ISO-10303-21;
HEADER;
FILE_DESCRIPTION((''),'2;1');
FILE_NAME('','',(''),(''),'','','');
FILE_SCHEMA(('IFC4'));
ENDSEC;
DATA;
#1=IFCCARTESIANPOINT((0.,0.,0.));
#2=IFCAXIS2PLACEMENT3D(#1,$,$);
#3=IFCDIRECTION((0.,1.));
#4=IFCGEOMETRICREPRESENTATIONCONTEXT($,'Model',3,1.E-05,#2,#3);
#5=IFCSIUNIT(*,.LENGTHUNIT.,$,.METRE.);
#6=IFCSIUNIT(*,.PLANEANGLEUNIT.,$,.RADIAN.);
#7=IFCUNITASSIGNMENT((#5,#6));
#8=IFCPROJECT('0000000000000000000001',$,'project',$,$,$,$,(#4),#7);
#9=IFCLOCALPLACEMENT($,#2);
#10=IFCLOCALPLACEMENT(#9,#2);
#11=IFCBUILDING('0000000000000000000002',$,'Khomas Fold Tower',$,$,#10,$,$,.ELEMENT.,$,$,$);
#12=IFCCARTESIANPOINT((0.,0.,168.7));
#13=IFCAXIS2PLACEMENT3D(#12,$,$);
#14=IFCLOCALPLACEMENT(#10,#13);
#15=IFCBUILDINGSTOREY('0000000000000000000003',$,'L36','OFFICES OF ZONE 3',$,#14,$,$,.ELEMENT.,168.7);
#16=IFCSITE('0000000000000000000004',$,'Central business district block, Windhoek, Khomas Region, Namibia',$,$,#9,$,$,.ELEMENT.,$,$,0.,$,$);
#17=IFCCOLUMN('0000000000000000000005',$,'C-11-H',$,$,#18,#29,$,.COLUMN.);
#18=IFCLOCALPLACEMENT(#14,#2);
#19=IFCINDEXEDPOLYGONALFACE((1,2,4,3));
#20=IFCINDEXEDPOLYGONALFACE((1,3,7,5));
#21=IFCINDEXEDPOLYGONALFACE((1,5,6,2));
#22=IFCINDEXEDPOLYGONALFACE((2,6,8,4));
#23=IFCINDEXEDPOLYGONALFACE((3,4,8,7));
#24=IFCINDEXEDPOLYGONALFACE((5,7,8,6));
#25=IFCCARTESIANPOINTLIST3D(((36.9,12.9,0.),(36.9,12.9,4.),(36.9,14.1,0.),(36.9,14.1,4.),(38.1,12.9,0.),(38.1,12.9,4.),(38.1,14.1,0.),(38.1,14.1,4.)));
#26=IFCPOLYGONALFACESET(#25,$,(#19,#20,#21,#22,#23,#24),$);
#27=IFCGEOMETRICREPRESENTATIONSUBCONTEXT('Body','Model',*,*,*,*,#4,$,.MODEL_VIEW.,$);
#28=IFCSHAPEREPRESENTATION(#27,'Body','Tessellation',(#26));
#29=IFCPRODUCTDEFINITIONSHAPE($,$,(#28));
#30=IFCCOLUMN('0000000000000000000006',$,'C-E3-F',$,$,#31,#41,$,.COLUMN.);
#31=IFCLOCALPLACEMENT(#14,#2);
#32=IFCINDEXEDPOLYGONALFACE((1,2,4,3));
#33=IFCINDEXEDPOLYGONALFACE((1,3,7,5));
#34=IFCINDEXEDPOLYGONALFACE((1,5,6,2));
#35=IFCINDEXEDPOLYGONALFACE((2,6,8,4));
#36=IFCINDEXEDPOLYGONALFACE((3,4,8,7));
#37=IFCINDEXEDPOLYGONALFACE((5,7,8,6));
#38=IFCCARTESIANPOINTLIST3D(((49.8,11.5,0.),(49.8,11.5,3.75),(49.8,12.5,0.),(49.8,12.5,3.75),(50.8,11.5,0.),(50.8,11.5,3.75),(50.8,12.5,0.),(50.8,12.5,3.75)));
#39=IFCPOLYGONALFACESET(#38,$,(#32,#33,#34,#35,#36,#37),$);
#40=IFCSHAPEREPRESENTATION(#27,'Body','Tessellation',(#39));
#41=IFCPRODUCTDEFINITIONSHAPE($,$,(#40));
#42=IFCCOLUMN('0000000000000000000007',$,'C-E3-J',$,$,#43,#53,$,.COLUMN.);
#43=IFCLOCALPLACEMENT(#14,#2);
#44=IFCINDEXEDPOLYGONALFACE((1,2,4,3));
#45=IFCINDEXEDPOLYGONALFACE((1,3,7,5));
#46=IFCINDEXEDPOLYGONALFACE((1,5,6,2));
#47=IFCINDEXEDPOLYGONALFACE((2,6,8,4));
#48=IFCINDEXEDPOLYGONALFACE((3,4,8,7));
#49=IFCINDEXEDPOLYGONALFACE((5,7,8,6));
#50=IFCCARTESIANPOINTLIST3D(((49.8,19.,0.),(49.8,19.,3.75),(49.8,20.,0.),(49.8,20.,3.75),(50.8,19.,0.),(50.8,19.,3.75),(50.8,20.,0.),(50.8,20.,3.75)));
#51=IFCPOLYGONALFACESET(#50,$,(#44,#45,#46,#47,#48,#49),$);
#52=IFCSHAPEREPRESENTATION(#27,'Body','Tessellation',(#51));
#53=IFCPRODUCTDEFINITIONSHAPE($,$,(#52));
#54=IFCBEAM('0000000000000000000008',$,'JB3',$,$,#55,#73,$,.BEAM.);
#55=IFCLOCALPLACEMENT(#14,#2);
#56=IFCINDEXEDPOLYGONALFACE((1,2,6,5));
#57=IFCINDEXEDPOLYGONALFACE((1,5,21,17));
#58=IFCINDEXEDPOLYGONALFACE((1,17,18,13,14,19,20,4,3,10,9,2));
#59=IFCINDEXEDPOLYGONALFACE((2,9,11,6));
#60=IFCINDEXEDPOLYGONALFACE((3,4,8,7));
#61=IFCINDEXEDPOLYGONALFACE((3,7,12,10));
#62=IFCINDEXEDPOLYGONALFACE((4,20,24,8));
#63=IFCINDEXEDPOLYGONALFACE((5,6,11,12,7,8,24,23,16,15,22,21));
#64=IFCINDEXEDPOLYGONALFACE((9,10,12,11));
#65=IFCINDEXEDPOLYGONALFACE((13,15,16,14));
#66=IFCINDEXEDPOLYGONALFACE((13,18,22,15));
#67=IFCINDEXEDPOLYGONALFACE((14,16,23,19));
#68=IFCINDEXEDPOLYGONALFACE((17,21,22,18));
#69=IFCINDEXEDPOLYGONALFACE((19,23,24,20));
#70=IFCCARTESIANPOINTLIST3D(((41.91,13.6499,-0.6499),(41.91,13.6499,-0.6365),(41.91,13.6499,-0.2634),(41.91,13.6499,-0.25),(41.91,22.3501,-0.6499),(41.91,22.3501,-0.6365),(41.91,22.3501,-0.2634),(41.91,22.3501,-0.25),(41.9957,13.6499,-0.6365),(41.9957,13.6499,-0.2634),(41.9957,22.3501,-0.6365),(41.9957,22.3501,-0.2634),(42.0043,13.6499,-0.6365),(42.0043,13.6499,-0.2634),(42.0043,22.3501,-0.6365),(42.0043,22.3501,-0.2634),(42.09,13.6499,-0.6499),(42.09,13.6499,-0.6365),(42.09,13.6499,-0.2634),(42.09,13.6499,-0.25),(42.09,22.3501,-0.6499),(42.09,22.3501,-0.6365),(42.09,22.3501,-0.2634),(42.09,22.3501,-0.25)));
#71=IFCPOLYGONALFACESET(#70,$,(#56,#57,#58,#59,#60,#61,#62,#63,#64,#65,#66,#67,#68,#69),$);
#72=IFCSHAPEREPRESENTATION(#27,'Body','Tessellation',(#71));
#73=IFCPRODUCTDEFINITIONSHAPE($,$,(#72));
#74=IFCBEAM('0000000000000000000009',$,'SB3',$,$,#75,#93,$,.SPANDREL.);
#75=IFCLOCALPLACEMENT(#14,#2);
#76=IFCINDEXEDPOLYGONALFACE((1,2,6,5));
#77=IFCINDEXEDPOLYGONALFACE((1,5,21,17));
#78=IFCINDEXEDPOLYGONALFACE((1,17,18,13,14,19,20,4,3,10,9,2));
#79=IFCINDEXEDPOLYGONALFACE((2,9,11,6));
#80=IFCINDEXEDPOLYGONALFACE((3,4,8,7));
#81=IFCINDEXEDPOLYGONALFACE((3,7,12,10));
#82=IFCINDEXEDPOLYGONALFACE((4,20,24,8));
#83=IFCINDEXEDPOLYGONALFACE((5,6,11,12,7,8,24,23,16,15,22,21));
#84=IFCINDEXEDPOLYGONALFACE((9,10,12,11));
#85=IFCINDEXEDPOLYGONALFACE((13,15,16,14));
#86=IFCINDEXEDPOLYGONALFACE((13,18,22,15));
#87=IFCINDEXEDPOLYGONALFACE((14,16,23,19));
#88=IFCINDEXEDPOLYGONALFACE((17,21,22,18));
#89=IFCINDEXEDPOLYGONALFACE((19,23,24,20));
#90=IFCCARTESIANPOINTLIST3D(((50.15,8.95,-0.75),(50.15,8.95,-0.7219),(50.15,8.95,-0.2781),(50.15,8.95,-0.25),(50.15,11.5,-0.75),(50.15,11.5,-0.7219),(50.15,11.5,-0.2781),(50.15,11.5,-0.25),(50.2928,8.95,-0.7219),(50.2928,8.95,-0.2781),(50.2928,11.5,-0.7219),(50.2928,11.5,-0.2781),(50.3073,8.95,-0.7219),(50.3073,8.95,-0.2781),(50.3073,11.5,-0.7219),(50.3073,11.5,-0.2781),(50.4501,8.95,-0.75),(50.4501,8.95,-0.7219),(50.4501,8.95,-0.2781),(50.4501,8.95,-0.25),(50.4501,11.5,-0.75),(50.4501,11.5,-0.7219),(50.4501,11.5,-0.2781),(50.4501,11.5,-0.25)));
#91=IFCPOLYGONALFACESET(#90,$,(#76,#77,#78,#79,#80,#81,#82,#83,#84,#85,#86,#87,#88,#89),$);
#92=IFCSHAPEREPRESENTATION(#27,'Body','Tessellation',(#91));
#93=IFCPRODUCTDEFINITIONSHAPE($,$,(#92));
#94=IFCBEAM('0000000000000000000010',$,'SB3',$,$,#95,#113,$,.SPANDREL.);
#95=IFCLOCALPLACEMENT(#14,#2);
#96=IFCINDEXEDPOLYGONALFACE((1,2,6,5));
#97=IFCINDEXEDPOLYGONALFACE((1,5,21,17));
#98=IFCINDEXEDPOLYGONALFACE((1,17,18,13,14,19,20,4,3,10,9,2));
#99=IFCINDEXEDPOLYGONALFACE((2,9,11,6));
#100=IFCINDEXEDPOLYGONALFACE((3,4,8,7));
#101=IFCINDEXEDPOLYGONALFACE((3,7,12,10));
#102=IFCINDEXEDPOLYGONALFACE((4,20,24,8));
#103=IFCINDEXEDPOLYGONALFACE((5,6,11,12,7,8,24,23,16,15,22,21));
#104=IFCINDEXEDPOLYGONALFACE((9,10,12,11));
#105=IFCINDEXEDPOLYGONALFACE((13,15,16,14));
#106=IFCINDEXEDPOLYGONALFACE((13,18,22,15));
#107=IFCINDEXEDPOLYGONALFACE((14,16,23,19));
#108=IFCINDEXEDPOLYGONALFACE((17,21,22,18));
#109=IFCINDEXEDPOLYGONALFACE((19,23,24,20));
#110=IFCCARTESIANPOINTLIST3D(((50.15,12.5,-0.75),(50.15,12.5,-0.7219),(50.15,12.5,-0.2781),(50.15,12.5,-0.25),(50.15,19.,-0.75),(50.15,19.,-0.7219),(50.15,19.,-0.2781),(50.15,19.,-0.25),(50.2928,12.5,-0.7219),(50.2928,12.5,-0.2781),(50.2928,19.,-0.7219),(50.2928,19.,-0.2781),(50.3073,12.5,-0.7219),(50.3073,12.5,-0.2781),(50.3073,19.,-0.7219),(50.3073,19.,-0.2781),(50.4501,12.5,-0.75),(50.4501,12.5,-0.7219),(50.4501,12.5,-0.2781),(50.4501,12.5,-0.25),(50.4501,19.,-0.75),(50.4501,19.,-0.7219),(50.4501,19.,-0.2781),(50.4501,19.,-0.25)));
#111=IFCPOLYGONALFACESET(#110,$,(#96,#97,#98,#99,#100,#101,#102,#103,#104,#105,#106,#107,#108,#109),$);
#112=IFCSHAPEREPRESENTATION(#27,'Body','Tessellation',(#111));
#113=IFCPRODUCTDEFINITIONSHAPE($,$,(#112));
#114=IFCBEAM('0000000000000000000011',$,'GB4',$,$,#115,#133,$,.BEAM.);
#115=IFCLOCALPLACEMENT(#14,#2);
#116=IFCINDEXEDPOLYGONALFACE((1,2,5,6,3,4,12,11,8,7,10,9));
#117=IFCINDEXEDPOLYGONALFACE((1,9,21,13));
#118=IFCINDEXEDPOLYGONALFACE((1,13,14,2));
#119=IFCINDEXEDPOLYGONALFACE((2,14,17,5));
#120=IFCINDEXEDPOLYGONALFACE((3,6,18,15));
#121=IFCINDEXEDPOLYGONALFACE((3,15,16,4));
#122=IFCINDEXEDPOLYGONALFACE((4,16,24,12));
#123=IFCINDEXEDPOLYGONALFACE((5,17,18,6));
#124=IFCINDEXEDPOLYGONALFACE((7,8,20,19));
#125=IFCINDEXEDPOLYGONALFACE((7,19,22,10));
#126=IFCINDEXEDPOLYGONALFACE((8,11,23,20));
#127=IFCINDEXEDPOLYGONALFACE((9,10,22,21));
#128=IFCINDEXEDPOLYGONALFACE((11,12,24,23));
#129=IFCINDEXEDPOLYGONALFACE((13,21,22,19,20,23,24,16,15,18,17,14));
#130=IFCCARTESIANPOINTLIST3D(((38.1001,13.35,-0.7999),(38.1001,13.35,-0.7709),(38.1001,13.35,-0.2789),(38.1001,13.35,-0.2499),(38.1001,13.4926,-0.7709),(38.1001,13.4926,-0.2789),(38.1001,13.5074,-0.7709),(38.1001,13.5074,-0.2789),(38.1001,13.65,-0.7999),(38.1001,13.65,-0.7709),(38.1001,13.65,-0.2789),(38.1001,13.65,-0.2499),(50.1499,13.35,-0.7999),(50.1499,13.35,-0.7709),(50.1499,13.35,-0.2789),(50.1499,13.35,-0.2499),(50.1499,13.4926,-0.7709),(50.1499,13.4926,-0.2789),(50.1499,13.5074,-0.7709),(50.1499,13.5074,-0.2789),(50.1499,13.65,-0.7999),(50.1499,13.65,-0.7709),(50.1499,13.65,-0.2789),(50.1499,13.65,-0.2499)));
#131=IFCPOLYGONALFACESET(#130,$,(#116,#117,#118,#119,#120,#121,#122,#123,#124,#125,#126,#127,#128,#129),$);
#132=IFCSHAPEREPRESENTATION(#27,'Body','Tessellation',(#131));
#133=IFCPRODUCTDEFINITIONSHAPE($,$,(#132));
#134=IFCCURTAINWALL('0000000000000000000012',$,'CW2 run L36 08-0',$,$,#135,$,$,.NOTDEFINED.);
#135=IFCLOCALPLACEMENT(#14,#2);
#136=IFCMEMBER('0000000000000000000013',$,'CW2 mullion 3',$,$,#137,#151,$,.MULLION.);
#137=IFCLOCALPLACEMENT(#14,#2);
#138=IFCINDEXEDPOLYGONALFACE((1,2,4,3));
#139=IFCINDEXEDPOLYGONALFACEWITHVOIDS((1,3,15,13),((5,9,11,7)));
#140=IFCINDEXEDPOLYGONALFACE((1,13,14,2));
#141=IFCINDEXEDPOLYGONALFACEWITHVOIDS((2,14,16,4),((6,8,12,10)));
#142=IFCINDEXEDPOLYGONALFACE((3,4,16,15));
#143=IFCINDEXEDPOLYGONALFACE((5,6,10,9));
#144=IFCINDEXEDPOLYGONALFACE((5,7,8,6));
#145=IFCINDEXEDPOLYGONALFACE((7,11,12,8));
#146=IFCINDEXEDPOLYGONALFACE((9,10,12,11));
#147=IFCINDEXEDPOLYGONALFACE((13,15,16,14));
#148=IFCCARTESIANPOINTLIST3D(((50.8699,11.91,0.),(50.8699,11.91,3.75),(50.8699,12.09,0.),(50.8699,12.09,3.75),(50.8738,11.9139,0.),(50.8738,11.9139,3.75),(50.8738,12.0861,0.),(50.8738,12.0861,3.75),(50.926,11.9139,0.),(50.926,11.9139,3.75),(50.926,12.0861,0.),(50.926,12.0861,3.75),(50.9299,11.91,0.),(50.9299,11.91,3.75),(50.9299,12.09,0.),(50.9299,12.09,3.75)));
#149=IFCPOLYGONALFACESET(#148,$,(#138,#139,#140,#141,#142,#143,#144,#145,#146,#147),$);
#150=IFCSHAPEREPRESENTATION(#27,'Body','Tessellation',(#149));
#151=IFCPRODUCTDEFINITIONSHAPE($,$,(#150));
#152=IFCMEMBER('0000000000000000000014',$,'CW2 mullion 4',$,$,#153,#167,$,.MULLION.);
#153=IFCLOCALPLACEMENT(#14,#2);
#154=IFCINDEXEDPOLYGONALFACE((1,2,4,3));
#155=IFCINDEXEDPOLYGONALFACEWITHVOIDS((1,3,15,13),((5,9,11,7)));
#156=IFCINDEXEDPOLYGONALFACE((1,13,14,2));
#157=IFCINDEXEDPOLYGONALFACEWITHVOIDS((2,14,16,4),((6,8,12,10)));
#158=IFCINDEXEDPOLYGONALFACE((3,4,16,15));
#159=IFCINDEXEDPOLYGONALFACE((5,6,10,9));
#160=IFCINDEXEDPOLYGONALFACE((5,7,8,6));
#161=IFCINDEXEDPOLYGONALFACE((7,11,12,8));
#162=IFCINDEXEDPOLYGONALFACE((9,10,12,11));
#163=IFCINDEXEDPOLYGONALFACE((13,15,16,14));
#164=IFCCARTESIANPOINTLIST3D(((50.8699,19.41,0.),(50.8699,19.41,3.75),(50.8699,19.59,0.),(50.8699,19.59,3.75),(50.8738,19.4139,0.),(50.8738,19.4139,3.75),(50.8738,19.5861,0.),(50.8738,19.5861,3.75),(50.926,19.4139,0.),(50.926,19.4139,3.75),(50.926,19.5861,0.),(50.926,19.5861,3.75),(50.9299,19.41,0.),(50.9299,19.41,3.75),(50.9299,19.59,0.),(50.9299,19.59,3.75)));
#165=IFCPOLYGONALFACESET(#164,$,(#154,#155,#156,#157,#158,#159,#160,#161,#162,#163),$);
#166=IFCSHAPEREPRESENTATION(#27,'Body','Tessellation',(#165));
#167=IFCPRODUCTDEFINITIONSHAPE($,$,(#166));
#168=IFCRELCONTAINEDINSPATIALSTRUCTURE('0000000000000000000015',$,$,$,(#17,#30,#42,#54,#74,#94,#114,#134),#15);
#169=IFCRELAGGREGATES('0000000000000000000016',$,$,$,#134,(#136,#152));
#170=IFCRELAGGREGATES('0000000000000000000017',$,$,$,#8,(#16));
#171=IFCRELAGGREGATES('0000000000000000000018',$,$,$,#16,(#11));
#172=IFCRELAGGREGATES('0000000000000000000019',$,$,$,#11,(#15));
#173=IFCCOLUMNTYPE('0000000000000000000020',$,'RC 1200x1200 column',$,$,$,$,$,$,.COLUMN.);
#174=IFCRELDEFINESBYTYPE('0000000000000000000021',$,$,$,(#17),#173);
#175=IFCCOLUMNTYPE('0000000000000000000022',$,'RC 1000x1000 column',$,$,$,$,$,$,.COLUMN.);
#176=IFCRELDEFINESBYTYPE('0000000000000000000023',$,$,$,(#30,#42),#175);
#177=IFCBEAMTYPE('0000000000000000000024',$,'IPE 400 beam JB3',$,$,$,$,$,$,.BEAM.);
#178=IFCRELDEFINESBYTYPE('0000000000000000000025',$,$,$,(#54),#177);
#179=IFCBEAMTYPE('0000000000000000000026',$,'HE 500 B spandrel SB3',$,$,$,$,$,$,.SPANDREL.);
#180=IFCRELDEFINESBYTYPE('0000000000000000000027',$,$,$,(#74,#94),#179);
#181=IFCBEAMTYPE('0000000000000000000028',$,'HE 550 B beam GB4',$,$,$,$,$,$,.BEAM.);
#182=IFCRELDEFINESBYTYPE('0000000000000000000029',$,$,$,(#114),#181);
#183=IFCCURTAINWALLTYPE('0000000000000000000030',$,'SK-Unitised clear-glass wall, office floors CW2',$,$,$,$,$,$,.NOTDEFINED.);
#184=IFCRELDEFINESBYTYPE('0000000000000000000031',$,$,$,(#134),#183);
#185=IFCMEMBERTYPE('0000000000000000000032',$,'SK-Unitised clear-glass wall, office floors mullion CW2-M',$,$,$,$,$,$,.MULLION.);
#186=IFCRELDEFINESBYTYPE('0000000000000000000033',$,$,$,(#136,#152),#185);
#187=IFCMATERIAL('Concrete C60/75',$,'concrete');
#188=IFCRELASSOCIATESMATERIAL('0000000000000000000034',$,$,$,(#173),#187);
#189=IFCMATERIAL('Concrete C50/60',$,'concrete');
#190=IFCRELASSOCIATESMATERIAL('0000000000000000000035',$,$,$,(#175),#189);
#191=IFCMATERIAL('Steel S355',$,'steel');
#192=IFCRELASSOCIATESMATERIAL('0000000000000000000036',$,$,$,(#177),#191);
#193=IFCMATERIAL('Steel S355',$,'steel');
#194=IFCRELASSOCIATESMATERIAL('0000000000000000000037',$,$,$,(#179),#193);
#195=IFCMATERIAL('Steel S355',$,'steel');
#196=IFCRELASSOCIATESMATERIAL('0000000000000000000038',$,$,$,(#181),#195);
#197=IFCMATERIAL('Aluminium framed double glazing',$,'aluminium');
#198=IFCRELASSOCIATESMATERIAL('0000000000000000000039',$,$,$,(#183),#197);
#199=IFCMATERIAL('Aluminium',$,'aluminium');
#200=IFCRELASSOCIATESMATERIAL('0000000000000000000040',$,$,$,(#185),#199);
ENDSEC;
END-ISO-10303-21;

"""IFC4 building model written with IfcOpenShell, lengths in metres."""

from ifc_helpers import new_model, si_unit, direction, frame, origin, origin_2d, place, context, subcontext, project, spatial, rectangle, hollow_rectangle, i_section, extrude, source, transform, mapped, material, material_profile, profile_set, type_object, element, aggregate, save


model = new_model("IFC4")

# Units and contexts
model_context = context("Model", 3, precision=1e-05, world=origin(), true_north=direction((0.0, 1.0)))
body_context = subcontext(model_context, "Body", "Model", "MODEL_VIEW")
ifc_project = project(units=[si_unit("LENGTHUNIT", "METRE"), si_unit("PLANEANGLEUNIT", "RADIAN")], contexts=[model_context])

# Site, building, storey
site_placement = place(None, origin())
site = spatial("IfcSite", under=ifc_project, at=site_placement, Name="Central business district block, Windhoek, Khomas Region, Namibia", CompositionType="ELEMENT", RefElevation=0.0)
building_placement = place(site_placement, origin())
building = spatial("IfcBuilding", under=site, at=building_placement, Name="Khomas Fold Tower", CompositionType="ELEMENT")
storey_placement = place(building_placement, frame((0.0, 0.0, 168.7)))
storey = spatial("IfcBuildingStorey", under=building, at=storey_placement, Name="L36", Description="OFFICES OF ZONE 3", CompositionType="ELEMENT", Elevation=168.7)

# Columns
ifc_material_1 = material(Name="Concrete C60/75", Category="concrete")
ifc_material_profile_1 = material_profile(ifc_material_1, rectangle(XDim=1.2, YDim=1.2, at=origin_2d()), Name="RC 1200x1200")
ifc_profile_set_1 = profile_set([ifc_material_profile_1], Name="Concrete C60/75")
column_type_1 = type_object("IfcColumnType", Name="RC 1200x1200 column", PredefinedType="COLUMN", material=ifc_profile_set_1)
shared_shape_1 = source(origin(), body_context, "Body", "SweptSolid", [
    extrude(rectangle(XDim=1.2, YDim=1.2, at=origin_2d()), origin(), (0.0, 0.0, 1.0), 4.0),
])
column_placement = place(storey_placement, frame((37.5, 13.5, 0.0), z_axis=(0.0, 0.0, 1.0), x_axis=(1.0, 0.0, 0.0)))
element("IfcColumn", 1, at=column_placement, inside=storey, type_object=column_type_1, Name="C-11-H", PredefinedType="COLUMN", context=body_context, shape_type="MappedRepresentation", body=[
    mapped(shared_shape_1, transform((0.0, 0.0, 0.0))),
])
ifc_material_2 = material(Name="Concrete C50/60", Category="concrete")
ifc_material_profile_2 = material_profile(ifc_material_2, rectangle(XDim=1.0, YDim=1.0, at=origin_2d()), Name="RC 1000x1000")
ifc_profile_set_2 = profile_set([ifc_material_profile_2], Name="Concrete C50/60")
column_type_2 = type_object("IfcColumnType", Name="RC 1000x1000 column", PredefinedType="COLUMN", material=ifc_profile_set_2)
shared_shape_2 = source(origin(), body_context, "Body", "SweptSolid", [
    extrude(rectangle(XDim=1.0, YDim=1.0, at=origin_2d()), origin(), (0.0, 0.0, 1.0), 3.75),
])
for number, where, z_axis, x_axis, name in (
    (2, (50.3, 12.0, 0.0), (0.0, 0.0, 1.0), (1.0, 0.0, 0.0), "C-E3-F"),
    (3, (50.3, 19.5, 0.0), (0.0, 0.0, 1.0), (1.0, 0.0, 0.0), "C-E3-J"),
):
    element("IfcColumn", number, at=place(storey_placement, frame(where, z_axis=z_axis, x_axis=x_axis)), inside=storey, type_object=column_type_2, Name=name, PredefinedType="COLUMN", context=body_context, shape_type="MappedRepresentation", body=[
        mapped(shared_shape_2, transform((0.0, 0.0, 0.0))),
    ])

# Beams
ifc_material_3 = material(Name="Steel S355", Category="steel")
ifc_material_profile_3 = material_profile(ifc_material_3, i_section(OverallWidth=0.1799, OverallDepth=0.3999, WebThickness=0.0085, FlangeThickness=0.0134, at=origin_2d()), Name="IPE 400")
ifc_profile_set_3 = profile_set([ifc_material_profile_3], Name="Steel S355")
beam_type_1 = type_object("IfcBeamType", Name="IPE 400 beam JB3", PredefinedType="BEAM", material=ifc_profile_set_3)
shared_shape_3 = source(origin(), body_context, "Body", "SweptSolid", [
    extrude(i_section(OverallWidth=0.1799, OverallDepth=0.3999, WebThickness=0.0085, FlangeThickness=0.0134, at=origin_2d()), origin(), (0.0, 0.0, 1.0), 8.7002),
])
beam_1_placement = place(storey_placement, frame((42.0, 13.6499, -0.45), z_axis=(0.0, 1.0, 0.0), x_axis=(-1.0, 0.0, 0.0)))
element("IfcBeam", 4, at=beam_1_placement, inside=storey, type_object=beam_type_1, Name="JB3", PredefinedType="BEAM", context=body_context, shape_type="MappedRepresentation", body=[
    mapped(shared_shape_3, transform((0.0, 0.0, 0.0))),
])
ifc_material_4 = material(Name="Steel S355", Category="steel")
ifc_material_profile_4 = material_profile(ifc_material_4, i_section(OverallWidth=0.3, OverallDepth=0.5, WebThickness=0.0144, FlangeThickness=0.0281, at=origin_2d()), Name="HE 500 B")
ifc_profile_set_4 = profile_set([ifc_material_profile_4], Name="Steel S355")
beam_type_2 = type_object("IfcBeamType", Name="HE 500 B spandrel SB3", PredefinedType="SPANDREL", material=ifc_profile_set_4)
shared_shape_4 = source(origin(), body_context, "Body", "SweptSolid", [
    extrude(i_section(OverallWidth=0.3, OverallDepth=0.5, WebThickness=0.0144, FlangeThickness=0.0281, at=origin_2d()), origin(), (0.0, 0.0, 1.0), 2.55),
])
beam_2_placement = place(storey_placement, frame((50.3, 8.95, -0.5), z_axis=(0.0, 1.0, 0.0), x_axis=(-1.0, 0.0, 0.0)))
element("IfcBeam", 5, at=beam_2_placement, inside=storey, type_object=beam_type_2, Name="SB3", PredefinedType="SPANDREL", context=body_context, shape_type="MappedRepresentation", body=[
    mapped(shared_shape_4, transform((0.0, 0.0, 0.0))),
])
shared_shape_5 = source(origin(), body_context, "Body", "SweptSolid", [
    extrude(i_section(OverallWidth=0.3, OverallDepth=0.5, WebThickness=0.0144, FlangeThickness=0.0281, at=origin_2d()), origin(), (0.0, 0.0, 1.0), 6.5),
])
beam_3_placement = place(storey_placement, frame((50.3, 12.5, -0.5), z_axis=(0.0, 1.0, 0.0), x_axis=(-1.0, 0.0, 0.0)))
element("IfcBeam", 6, at=beam_3_placement, inside=storey, type_object=beam_type_2, Name="SB3", PredefinedType="SPANDREL", context=body_context, shape_type="MappedRepresentation", body=[
    mapped(shared_shape_5, transform((0.0, 0.0, 0.0))),
])
ifc_material_5 = material(Name="Steel S355", Category="steel")
ifc_material_profile_5 = material_profile(ifc_material_5, i_section(OverallWidth=0.3, OverallDepth=0.55, WebThickness=0.0149, FlangeThickness=0.0291, at=origin_2d()), Name="HE 550 B")
ifc_profile_set_5 = profile_set([ifc_material_profile_5], Name="Steel S355")
beam_type_3 = type_object("IfcBeamType", Name="HE 550 B beam GB4", PredefinedType="BEAM", material=ifc_profile_set_5)
shared_shape_6 = source(origin(), body_context, "Body", "SweptSolid", [
    extrude(i_section(OverallWidth=0.3, OverallDepth=0.55, WebThickness=0.0149, FlangeThickness=0.0291, at=origin_2d()), origin(), (0.0, 0.0, 1.0), 12.0498),
])
beam_4_placement = place(storey_placement, frame((38.1001, 13.5, -0.5249), z_axis=(1.0, 0.0, 0.0), x_axis=(0.0, 1.0, 0.0)))
element("IfcBeam", 7, at=beam_4_placement, inside=storey, type_object=beam_type_3, Name="GB4", PredefinedType="BEAM", context=body_context, shape_type="MappedRepresentation", body=[
    mapped(shared_shape_6, transform((0.0, 0.0, 0.0))),
])

# Curtain wall, members
ifc_material_6 = material(Name="Aluminium framed double glazing", Category="aluminium")
curtain_wall_type_1 = type_object("IfcCurtainWallType", Name="SK-Unitised clear-glass wall, office floors CW2", PredefinedType="NOTDEFINED", material=ifc_material_6)
curtain_wall_1_placement = place(storey_placement, origin())
curtain_wall_1 = element("IfcCurtainWall", 8, at=curtain_wall_1_placement, inside=storey, type_object=curtain_wall_type_1, Name="CW2 run L36 08-0", PredefinedType="NOTDEFINED")
ifc_material_7 = material(Name="Aluminium", Category="aluminium")
ifc_material_profile_6 = material_profile(ifc_material_7, hollow_rectangle(XDim=0.0601, YDim=0.1799, WallThickness=0.0039, at=origin_2d()), Name="SK-Unitised clear-glass wall, office floors mullion CW2-M")
ifc_profile_set_6 = profile_set([ifc_material_profile_6], Name="Aluminium")
member_type_1 = type_object("IfcMemberType", Name="SK-Unitised clear-glass wall, office floors mullion CW2-M", PredefinedType="MULLION", material=ifc_profile_set_6)
shared_shape_7 = source(origin(), body_context, "Body", "SweptSolid", [
    extrude(hollow_rectangle(XDim=0.0601, YDim=0.1799, WallThickness=0.0039, at=origin_2d()), origin(), (0.0, 0.0, 1.0), 3.75),
])
member_1_placement = place(storey_placement, frame((50.8999, 12.0, 0.0), z_axis=(0.0, 0.0, 1.0), x_axis=(-1.0, 0.0, 0.0)))
member_1 = element("IfcMember", 9, at=member_1_placement, type_object=member_type_1, Name="CW2 mullion 3", PredefinedType="MULLION", context=body_context, shape_type="MappedRepresentation", body=[
    mapped(shared_shape_7, transform((0.0, 0.0, 0.0))),
])
member_2_placement = place(storey_placement, frame((50.8999, 19.5, 0.0), z_axis=(0.0, 0.0, 1.0), x_axis=(-1.0, 0.0, 0.0)))
member_2 = element("IfcMember", 10, at=member_2_placement, type_object=member_type_1, Name="CW2 mullion 4", PredefinedType="MULLION", context=body_context, shape_type="MappedRepresentation", body=[
    mapped(shared_shape_7, transform((0.0, 0.0, 0.0))),
])

aggregate(curtain_wall_1, [member_1, member_2])

save(model, "model.ifc")
